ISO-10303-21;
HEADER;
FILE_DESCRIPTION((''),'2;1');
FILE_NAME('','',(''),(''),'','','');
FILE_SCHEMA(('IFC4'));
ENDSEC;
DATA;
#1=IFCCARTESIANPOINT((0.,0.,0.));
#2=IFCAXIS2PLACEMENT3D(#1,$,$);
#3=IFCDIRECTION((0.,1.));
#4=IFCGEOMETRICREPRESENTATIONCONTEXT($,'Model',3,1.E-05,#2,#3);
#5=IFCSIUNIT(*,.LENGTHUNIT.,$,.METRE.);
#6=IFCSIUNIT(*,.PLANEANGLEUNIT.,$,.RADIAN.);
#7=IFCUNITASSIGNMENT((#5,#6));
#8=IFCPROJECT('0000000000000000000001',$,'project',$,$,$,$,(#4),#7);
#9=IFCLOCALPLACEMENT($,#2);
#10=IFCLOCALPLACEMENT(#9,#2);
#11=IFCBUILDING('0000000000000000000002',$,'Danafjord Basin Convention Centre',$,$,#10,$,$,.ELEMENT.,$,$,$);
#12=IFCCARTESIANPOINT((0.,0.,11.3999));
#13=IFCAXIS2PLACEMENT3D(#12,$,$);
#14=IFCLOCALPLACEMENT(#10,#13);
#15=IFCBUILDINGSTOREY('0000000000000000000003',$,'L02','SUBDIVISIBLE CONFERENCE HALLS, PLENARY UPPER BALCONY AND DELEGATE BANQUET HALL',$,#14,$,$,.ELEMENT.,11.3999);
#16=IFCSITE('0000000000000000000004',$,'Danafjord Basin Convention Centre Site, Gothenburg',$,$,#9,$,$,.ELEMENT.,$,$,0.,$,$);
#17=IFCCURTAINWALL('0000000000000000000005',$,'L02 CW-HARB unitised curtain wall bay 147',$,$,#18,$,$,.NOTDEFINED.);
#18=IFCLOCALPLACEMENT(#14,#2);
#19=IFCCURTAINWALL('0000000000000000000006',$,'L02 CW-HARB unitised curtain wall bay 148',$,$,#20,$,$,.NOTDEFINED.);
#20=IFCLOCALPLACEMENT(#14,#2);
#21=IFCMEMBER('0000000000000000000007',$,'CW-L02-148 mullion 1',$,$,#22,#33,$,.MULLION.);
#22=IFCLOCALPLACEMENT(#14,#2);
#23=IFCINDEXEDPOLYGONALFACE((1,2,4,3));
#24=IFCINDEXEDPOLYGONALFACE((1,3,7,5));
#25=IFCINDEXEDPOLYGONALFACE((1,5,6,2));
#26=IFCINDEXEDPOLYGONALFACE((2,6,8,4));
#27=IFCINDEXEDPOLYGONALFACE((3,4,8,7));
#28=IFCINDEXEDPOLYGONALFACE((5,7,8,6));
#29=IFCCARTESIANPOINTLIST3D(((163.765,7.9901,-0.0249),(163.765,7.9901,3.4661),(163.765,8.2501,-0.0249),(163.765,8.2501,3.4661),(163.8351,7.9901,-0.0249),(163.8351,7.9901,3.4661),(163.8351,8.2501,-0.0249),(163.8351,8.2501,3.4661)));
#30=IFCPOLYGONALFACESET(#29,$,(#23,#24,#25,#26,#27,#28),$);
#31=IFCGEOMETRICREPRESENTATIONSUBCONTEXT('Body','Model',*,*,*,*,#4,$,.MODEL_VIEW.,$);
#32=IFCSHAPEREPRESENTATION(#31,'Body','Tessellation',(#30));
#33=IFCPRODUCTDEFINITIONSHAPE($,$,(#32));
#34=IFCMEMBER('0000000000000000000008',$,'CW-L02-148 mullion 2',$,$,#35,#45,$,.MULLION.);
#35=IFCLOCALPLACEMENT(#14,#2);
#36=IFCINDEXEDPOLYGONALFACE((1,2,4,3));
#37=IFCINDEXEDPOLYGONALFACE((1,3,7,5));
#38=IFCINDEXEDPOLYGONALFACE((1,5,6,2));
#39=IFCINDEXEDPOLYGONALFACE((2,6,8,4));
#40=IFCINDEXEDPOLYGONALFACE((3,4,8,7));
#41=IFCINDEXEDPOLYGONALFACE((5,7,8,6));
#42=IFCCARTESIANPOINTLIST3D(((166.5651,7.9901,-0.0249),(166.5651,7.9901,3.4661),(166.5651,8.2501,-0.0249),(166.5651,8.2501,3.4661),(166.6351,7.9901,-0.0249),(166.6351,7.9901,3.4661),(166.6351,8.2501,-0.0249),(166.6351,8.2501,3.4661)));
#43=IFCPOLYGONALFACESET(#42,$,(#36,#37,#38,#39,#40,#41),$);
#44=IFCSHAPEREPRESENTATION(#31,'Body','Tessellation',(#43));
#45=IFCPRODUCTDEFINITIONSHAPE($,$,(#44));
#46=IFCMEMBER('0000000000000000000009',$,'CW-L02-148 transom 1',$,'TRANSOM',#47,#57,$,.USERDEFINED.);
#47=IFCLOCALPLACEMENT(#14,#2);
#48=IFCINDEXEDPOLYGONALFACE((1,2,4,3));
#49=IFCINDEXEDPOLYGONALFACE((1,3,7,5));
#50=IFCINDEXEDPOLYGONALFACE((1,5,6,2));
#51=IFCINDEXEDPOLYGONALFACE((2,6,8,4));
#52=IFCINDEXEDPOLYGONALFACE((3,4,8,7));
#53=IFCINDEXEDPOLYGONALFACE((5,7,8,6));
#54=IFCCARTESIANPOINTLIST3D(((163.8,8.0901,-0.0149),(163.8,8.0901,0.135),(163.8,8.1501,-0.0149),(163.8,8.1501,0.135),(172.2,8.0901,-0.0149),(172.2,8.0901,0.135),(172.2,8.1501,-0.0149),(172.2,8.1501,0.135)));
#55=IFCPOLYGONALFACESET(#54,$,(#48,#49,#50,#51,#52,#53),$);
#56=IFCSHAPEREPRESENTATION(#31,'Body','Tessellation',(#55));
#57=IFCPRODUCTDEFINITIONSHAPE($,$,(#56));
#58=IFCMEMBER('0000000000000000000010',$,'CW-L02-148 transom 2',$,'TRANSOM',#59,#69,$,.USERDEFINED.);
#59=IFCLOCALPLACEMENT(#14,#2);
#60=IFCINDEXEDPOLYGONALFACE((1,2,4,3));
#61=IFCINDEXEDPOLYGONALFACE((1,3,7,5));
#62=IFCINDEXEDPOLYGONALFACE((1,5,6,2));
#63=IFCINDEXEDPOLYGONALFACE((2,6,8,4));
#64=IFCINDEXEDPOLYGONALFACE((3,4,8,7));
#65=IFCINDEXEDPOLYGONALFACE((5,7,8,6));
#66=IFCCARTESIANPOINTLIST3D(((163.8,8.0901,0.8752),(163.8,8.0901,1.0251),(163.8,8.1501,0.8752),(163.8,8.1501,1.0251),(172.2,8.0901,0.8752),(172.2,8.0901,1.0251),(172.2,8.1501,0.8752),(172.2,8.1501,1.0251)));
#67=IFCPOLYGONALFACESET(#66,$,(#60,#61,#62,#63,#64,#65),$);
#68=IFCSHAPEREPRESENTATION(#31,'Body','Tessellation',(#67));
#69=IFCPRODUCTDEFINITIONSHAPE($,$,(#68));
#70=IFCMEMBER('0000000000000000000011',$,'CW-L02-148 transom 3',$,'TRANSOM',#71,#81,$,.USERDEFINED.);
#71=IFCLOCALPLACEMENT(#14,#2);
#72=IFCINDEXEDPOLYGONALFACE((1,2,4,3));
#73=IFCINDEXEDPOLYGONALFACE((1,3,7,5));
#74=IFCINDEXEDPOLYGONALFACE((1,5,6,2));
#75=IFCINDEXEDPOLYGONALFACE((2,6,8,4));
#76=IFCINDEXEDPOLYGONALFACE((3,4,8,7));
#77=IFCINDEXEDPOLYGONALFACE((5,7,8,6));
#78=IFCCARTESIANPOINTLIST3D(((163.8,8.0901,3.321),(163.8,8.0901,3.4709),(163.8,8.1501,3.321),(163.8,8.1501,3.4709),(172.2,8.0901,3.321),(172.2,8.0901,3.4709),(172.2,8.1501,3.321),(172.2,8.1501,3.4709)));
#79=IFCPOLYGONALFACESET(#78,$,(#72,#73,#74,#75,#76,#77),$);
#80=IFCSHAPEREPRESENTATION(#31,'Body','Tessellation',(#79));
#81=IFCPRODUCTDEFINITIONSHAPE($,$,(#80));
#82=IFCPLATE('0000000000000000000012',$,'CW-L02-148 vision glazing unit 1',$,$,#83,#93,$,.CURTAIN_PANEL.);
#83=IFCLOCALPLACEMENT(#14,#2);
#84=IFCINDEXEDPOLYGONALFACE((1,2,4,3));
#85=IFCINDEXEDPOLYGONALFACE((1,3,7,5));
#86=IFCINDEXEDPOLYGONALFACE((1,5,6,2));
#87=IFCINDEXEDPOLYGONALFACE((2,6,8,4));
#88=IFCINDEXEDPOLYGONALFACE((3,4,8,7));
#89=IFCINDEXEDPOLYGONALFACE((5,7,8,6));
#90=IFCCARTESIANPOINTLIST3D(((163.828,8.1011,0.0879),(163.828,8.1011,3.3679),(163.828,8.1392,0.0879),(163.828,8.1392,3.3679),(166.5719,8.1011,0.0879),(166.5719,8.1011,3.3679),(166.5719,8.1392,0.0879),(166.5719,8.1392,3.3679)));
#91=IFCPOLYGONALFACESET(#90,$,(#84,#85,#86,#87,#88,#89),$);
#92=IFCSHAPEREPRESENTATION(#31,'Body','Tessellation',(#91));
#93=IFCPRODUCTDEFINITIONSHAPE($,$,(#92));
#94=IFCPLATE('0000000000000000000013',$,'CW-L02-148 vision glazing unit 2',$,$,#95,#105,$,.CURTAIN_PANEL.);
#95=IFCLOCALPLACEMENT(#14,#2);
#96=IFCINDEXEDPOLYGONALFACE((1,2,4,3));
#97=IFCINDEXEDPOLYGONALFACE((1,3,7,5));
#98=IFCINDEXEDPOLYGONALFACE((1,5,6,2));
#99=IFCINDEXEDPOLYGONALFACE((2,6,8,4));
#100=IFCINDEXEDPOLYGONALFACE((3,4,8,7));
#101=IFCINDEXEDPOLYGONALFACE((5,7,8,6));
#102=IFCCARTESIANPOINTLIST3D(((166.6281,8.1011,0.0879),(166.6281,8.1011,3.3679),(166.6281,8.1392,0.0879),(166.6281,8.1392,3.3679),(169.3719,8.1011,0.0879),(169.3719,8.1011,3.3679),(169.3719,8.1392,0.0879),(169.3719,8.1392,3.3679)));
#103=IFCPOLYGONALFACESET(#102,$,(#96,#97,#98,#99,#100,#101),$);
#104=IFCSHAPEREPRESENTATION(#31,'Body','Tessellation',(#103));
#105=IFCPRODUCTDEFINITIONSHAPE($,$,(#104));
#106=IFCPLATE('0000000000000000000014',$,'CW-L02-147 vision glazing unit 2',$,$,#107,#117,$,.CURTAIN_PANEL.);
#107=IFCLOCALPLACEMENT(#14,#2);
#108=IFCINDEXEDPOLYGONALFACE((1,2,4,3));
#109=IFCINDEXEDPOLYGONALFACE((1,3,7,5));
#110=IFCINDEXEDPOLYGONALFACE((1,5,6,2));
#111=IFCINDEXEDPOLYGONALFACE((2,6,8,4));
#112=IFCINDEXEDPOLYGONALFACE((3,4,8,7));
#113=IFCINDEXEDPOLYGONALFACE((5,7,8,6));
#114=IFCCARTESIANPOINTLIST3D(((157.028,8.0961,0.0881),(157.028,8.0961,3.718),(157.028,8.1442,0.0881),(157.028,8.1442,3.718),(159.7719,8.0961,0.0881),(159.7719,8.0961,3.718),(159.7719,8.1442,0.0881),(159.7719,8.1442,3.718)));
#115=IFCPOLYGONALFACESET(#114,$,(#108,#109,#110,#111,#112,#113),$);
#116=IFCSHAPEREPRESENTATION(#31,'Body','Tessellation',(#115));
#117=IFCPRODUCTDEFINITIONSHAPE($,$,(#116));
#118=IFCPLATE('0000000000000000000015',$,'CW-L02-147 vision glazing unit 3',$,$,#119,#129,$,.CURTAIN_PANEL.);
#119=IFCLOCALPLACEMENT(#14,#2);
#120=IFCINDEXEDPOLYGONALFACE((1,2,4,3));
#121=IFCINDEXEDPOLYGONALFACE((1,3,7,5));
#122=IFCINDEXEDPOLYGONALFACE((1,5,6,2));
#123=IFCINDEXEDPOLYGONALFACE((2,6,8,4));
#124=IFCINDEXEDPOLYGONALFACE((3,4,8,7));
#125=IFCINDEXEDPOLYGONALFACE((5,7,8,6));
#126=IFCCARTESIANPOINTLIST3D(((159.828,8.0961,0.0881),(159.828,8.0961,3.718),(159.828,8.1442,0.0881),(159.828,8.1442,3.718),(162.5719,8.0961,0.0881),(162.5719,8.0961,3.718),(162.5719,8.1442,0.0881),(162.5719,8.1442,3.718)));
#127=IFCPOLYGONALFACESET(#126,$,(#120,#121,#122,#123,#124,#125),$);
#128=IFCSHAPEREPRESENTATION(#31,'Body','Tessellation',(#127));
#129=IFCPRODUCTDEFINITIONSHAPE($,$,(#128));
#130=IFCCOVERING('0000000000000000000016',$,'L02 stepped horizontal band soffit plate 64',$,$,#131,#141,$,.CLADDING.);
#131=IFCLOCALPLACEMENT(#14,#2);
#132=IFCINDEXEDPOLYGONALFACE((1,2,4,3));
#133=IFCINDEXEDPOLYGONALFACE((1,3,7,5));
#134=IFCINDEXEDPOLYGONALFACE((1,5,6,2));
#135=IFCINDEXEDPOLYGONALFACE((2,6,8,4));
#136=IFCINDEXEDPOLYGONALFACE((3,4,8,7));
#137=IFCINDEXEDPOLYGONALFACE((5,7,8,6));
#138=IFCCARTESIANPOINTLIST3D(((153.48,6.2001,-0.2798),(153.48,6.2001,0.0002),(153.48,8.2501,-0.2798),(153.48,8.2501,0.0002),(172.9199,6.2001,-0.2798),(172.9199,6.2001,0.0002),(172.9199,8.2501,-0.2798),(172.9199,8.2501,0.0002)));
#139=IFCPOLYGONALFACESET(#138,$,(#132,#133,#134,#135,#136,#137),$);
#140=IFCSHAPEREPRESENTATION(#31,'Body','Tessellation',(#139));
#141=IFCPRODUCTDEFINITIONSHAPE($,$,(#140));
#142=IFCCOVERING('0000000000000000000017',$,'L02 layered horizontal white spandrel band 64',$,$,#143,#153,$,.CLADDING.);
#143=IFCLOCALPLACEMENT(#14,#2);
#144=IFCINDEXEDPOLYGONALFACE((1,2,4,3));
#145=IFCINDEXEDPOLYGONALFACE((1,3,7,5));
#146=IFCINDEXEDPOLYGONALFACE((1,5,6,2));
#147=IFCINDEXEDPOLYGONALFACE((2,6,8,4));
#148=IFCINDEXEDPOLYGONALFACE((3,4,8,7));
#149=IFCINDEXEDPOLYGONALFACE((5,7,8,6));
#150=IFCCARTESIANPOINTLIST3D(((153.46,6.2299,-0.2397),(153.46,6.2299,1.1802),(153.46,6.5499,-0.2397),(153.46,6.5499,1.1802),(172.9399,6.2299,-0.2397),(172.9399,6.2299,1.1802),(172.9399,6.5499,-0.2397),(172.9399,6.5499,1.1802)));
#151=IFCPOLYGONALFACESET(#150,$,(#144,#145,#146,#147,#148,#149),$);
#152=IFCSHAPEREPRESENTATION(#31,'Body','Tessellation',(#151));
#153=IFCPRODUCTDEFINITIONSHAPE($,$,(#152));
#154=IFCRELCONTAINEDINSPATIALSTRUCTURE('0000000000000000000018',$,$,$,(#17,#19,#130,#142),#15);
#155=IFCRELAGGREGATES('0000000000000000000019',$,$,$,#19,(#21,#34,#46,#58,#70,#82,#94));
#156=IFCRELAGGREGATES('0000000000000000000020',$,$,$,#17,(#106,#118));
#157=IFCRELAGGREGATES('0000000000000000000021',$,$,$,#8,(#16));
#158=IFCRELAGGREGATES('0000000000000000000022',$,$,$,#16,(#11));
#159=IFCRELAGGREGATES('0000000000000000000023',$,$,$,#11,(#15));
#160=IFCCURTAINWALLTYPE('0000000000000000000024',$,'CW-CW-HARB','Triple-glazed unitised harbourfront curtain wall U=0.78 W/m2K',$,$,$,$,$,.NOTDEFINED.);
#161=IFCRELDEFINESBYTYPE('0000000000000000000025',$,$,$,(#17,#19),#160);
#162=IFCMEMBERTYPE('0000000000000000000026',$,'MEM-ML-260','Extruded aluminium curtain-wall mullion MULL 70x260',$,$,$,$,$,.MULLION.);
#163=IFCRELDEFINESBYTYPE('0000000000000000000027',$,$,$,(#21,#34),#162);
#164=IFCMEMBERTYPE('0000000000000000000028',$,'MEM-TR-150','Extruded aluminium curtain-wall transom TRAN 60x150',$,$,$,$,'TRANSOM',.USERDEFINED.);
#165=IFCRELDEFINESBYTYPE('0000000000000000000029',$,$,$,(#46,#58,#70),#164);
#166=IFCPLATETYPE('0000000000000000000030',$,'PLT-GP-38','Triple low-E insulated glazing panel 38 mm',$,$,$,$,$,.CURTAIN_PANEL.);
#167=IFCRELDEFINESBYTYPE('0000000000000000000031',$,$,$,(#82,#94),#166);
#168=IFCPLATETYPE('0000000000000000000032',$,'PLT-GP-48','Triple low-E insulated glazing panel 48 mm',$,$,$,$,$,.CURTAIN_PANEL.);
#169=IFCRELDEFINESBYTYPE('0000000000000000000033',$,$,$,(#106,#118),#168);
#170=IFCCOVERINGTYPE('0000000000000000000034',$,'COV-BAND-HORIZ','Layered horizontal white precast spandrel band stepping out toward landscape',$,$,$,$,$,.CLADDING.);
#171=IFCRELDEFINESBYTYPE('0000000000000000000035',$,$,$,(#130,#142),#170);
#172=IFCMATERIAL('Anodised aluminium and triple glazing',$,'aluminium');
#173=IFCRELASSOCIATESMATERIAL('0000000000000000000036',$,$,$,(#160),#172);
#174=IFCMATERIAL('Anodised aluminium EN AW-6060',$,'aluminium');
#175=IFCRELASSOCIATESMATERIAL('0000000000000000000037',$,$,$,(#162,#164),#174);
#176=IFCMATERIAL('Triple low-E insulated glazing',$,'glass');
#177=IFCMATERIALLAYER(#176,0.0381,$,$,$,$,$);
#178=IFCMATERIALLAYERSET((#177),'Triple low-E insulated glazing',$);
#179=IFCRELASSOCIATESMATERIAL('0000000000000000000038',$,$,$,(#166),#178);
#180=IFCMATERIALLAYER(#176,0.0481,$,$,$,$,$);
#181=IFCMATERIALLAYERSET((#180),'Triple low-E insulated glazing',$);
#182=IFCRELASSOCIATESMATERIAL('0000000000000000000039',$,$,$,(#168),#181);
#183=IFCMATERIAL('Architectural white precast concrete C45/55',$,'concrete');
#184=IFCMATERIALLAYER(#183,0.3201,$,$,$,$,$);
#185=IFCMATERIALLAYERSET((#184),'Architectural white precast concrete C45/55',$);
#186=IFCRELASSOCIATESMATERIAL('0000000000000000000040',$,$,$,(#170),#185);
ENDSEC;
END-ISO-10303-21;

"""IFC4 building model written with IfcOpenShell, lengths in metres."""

from ifc_helpers import new_model, si_unit, direction, frame, origin, origin_2d, place, context, subcontext, project, spatial, rectangle, extrude, material, layer, layer_set, material_profile, profile_set, type_object, element, aggregate, save


model = new_model("IFC4")

# Units and contexts
model_context = context("Model", 3, precision=1e-05, world=origin(), true_north=direction((0.0, 1.0)))
body_context = subcontext(model_context, "Body", "Model", "MODEL_VIEW")
ifc_project = project(units=[si_unit("LENGTHUNIT", "METRE"), si_unit("PLANEANGLEUNIT", "RADIAN")], contexts=[model_context])

# Site, building, storey
site_placement = place(None, origin())
site = spatial("IfcSite", under=ifc_project, at=site_placement, Name="Danafjord Basin Convention Centre Site, Gothenburg", CompositionType="ELEMENT", RefElevation=0.0)
building_placement = place(site_placement, origin())
building = spatial("IfcBuilding", under=site, at=building_placement, Name="Danafjord Basin Convention Centre", CompositionType="ELEMENT")
storey_placement = place(building_placement, frame((0.0, 0.0, 11.3999)))
storey = spatial("IfcBuildingStorey", under=building, at=storey_placement, Name="L02", Description="SUBDIVISIBLE CONFERENCE HALLS, PLENARY UPPER BALCONY AND DELEGATE BANQUET HALL", CompositionType="ELEMENT", Elevation=11.3999)

# Curtain wall
ifc_material_1 = material(Name="Anodised aluminium and triple glazing", Category="aluminium")
curtain_wall_type = type_object("IfcCurtainWallType", Name="CW-CW-HARB", Description="Triple-glazed unitised harbourfront curtain wall U=0.78 W/m2K", PredefinedType="NOTDEFINED", material=ifc_material_1)
curtain_wall_1_placement = place(storey_placement, origin())
curtain_wall_1 = element("IfcCurtainWall", 1, at=curtain_wall_1_placement, inside=storey, type_object=curtain_wall_type, Name="L02 CW-HARB unitised curtain wall bay 147", PredefinedType="NOTDEFINED")
ifc_material_2 = material(Name="Anodised aluminium EN AW-6060", Category="aluminium")

# Curtain wall, members, plates
curtain_wall_2_placement = place(storey_placement, origin())
curtain_wall_2 = element("IfcCurtainWall", 2, at=curtain_wall_2_placement, inside=storey, type_object=curtain_wall_type, Name="L02 CW-HARB unitised curtain wall bay 148", PredefinedType="NOTDEFINED")
ifc_material_profile_1 = material_profile(ifc_material_2, rectangle(XDim=0.0701, YDim=0.26, at=origin_2d()), Name="MULL 70x260")
ifc_profile_set_1 = profile_set([ifc_material_profile_1], Name="Anodised aluminium EN AW-6060")
member_type_1 = type_object("IfcMemberType", Name="MEM-ML-260", Description="Extruded aluminium curtain-wall mullion MULL 70x260", PredefinedType="MULLION", material=ifc_profile_set_1)
member_1_placement = place(storey_placement, frame((163.8, 8.1201, -0.0249), z_axis=(0.0, 0.0, 1.0), x_axis=(1.0, 0.0, 0.0)))
member_1 = element("IfcMember", 3, at=member_1_placement, type_object=member_type_1, Name="CW-L02-148 mullion 1", PredefinedType="MULLION", context=body_context, shape_type="SweptSolid", body=[
    extrude(rectangle(XDim=0.0701, YDim=0.26, at=origin_2d()), origin(), (0.0, 0.0, 1.0), 3.491),
])
member_2_placement = place(storey_placement, frame((166.6001, 8.1201, -0.0249), z_axis=(0.0, 0.0, 1.0), x_axis=(1.0, 0.0, 0.0)))
member_2 = element("IfcMember", 4, at=member_2_placement, type_object=member_type_1, Name="CW-L02-148 mullion 2", PredefinedType="MULLION", context=body_context, shape_type="SweptSolid", body=[
    extrude(rectangle(XDim=0.0701, YDim=0.26, at=origin_2d()), origin(), (0.0, 0.0, 1.0), 3.491),
])
ifc_material_profile_2 = material_profile(ifc_material_2, rectangle(XDim=0.0601, YDim=0.1499, at=origin_2d()), Name="TRAN 60x150")
ifc_profile_set_2 = profile_set([ifc_material_profile_2], Name="Anodised aluminium EN AW-6060")
member_type_2 = type_object("IfcMemberType", Name="MEM-TR-150", Description="Extruded aluminium curtain-wall transom TRAN 60x150", ElementType="TRANSOM", PredefinedType="USERDEFINED", material=ifc_profile_set_2)
member_3_placement = place(storey_placement, frame((163.8, 8.1201, 0.0601), z_axis=(1.0, 0.0, 0.0), x_axis=(0.0, 1.0, 0.0)))
member_3 = element("IfcMember", 5, at=member_3_placement, type_object=member_type_2, Name="CW-L02-148 transom 1", ObjectType="TRANSOM", PredefinedType="USERDEFINED", context=body_context, shape_type="SweptSolid", body=[
    extrude(rectangle(XDim=0.0601, YDim=0.1499, at=origin_2d()), origin(), (0.0, 0.0, 1.0), 8.3999),
])
member_4_placement = place(storey_placement, frame((163.8, 8.1201, 0.9502), z_axis=(1.0, 0.0, 0.0), x_axis=(0.0, 1.0, 0.0)))
member_4 = element("IfcMember", 6, at=member_4_placement, type_object=member_type_2, Name="CW-L02-148 transom 2", ObjectType="TRANSOM", PredefinedType="USERDEFINED", context=body_context, shape_type="SweptSolid", body=[
    extrude(rectangle(XDim=0.0601, YDim=0.1499, at=origin_2d()), origin(), (0.0, 0.0, 1.0), 8.3999),
])
member_5_placement = place(storey_placement, frame((163.8, 8.1201, 3.396), z_axis=(1.0, 0.0, 0.0), x_axis=(0.0, 1.0, 0.0)))
member_5 = element("IfcMember", 7, at=member_5_placement, type_object=member_type_2, Name="CW-L02-148 transom 3", ObjectType="TRANSOM", PredefinedType="USERDEFINED", context=body_context, shape_type="SweptSolid", body=[
    extrude(rectangle(XDim=0.0601, YDim=0.1499, at=origin_2d()), origin(), (0.0, 0.0, 1.0), 8.3999),
])
ifc_material_3 = material(Name="Triple low-E insulated glazing", Category="glass")
ifc_layer_1 = layer(ifc_material_3, 0.0381)
ifc_layer_set_1 = layer_set([ifc_layer_1], Name="Triple low-E insulated glazing")
plate_type_1 = type_object("IfcPlateType", Name="PLT-GP-38", Description="Triple low-E insulated glazing panel 38 mm", PredefinedType="CURTAIN_PANEL", material=ifc_layer_set_1)
plate_1_placement = place(storey_placement, frame((165.2, 8.1201, 0.0879), z_axis=(0.0, 0.0, 1.0), x_axis=(1.0, 0.0, 0.0)))
plate_1 = element("IfcPlate", 8, at=plate_1_placement, type_object=plate_type_1, Name="CW-L02-148 vision glazing unit 1", PredefinedType="CURTAIN_PANEL", context=body_context, shape_type="SweptSolid", body=[
    extrude(rectangle(XDim=2.7439, YDim=0.0381, at=origin_2d()), origin(), (0.0, 0.0, 1.0), 3.28),
])
plate_2_placement = place(storey_placement, frame((168.0, 8.1201, 0.0879), z_axis=(0.0, 0.0, 1.0), x_axis=(1.0, 0.0, 0.0)))
plate_2 = element("IfcPlate", 9, at=plate_2_placement, type_object=plate_type_1, Name="CW-L02-148 vision glazing unit 2", PredefinedType="CURTAIN_PANEL", context=body_context, shape_type="SweptSolid", body=[
    extrude(rectangle(XDim=2.7439, YDim=0.0381, at=origin_2d()), origin(), (0.0, 0.0, 1.0), 3.28),
])
aggregate(curtain_wall_2, [member_1, member_2, member_3, member_4, member_5, plate_1, plate_2])

# Plates
ifc_layer_2 = layer(ifc_material_3, 0.0481)
ifc_layer_set_2 = layer_set([ifc_layer_2], Name="Triple low-E insulated glazing")
plate_type_2 = type_object("IfcPlateType", Name="PLT-GP-48", Description="Triple low-E insulated glazing panel 48 mm", PredefinedType="CURTAIN_PANEL", material=ifc_layer_set_2)
plate_3_placement = place(storey_placement, frame((158.3999, 8.1201, 0.0881), z_axis=(0.0, 0.0, 1.0), x_axis=(1.0, 0.0, 0.0)))
plate_3 = element("IfcPlate", 10, at=plate_3_placement, type_object=plate_type_2, Name="CW-L02-147 vision glazing unit 2", PredefinedType="CURTAIN_PANEL", context=body_context, shape_type="SweptSolid", body=[
    extrude(rectangle(XDim=2.7439, YDim=0.0481, at=origin_2d()), origin(), (0.0, 0.0, 1.0), 3.6299),
])
plate_4_placement = place(storey_placement, frame((161.2, 8.1201, 0.0881), z_axis=(0.0, 0.0, 1.0), x_axis=(1.0, 0.0, 0.0)))
plate_4 = element("IfcPlate", 11, at=plate_4_placement, type_object=plate_type_2, Name="CW-L02-147 vision glazing unit 3", PredefinedType="CURTAIN_PANEL", context=body_context, shape_type="SweptSolid", body=[
    extrude(rectangle(XDim=2.7439, YDim=0.0481, at=origin_2d()), origin(), (0.0, 0.0, 1.0), 3.6299),
])
aggregate(curtain_wall_1, [plate_3, plate_4])

# Coverings
ifc_material_4 = material(Name="Architectural white precast concrete C45/55", Category="concrete")
ifc_layer_3 = layer(ifc_material_4, 0.3201)
ifc_layer_set_3 = layer_set([ifc_layer_3], Name="Architectural white precast concrete C45/55")
covering_type = type_object("IfcCoveringType", Name="COV-BAND-HORIZ", Description="Layered horizontal white precast spandrel band stepping out toward landscape", PredefinedType="CLADDING", material=ifc_layer_set_3)
covering_1_placement = place(storey_placement, frame((163.2, 7.2251, -0.2798), z_axis=(0.0, 0.0, 1.0), x_axis=(1.0, 0.0, 0.0)))
element("IfcCovering", 12, at=covering_1_placement, inside=storey, type_object=covering_type, Name="L02 stepped horizontal band soffit plate 64", PredefinedType="CLADDING", context=body_context, shape_type="SweptSolid", body=[
    extrude(rectangle(XDim=19.4399, YDim=2.05, at=origin_2d()), origin(), (0.0, 0.0, 1.0), 0.28),
])
covering_2_placement = place(storey_placement, frame((163.2, 6.3899, -0.2397), z_axis=(0.0, 0.0, 1.0), x_axis=(1.0, 0.0, 0.0)))
element("IfcCovering", 13, at=covering_2_placement, inside=storey, type_object=covering_type, Name="L02 layered horizontal white spandrel band 64", PredefinedType="CLADDING", context=body_context, shape_type="SweptSolid", body=[
    extrude(rectangle(XDim=19.48, YDim=0.3201, at=origin_2d()), origin(), (0.0, 0.0, 1.0), 1.4199),
])

save(model, "model.ifc")
